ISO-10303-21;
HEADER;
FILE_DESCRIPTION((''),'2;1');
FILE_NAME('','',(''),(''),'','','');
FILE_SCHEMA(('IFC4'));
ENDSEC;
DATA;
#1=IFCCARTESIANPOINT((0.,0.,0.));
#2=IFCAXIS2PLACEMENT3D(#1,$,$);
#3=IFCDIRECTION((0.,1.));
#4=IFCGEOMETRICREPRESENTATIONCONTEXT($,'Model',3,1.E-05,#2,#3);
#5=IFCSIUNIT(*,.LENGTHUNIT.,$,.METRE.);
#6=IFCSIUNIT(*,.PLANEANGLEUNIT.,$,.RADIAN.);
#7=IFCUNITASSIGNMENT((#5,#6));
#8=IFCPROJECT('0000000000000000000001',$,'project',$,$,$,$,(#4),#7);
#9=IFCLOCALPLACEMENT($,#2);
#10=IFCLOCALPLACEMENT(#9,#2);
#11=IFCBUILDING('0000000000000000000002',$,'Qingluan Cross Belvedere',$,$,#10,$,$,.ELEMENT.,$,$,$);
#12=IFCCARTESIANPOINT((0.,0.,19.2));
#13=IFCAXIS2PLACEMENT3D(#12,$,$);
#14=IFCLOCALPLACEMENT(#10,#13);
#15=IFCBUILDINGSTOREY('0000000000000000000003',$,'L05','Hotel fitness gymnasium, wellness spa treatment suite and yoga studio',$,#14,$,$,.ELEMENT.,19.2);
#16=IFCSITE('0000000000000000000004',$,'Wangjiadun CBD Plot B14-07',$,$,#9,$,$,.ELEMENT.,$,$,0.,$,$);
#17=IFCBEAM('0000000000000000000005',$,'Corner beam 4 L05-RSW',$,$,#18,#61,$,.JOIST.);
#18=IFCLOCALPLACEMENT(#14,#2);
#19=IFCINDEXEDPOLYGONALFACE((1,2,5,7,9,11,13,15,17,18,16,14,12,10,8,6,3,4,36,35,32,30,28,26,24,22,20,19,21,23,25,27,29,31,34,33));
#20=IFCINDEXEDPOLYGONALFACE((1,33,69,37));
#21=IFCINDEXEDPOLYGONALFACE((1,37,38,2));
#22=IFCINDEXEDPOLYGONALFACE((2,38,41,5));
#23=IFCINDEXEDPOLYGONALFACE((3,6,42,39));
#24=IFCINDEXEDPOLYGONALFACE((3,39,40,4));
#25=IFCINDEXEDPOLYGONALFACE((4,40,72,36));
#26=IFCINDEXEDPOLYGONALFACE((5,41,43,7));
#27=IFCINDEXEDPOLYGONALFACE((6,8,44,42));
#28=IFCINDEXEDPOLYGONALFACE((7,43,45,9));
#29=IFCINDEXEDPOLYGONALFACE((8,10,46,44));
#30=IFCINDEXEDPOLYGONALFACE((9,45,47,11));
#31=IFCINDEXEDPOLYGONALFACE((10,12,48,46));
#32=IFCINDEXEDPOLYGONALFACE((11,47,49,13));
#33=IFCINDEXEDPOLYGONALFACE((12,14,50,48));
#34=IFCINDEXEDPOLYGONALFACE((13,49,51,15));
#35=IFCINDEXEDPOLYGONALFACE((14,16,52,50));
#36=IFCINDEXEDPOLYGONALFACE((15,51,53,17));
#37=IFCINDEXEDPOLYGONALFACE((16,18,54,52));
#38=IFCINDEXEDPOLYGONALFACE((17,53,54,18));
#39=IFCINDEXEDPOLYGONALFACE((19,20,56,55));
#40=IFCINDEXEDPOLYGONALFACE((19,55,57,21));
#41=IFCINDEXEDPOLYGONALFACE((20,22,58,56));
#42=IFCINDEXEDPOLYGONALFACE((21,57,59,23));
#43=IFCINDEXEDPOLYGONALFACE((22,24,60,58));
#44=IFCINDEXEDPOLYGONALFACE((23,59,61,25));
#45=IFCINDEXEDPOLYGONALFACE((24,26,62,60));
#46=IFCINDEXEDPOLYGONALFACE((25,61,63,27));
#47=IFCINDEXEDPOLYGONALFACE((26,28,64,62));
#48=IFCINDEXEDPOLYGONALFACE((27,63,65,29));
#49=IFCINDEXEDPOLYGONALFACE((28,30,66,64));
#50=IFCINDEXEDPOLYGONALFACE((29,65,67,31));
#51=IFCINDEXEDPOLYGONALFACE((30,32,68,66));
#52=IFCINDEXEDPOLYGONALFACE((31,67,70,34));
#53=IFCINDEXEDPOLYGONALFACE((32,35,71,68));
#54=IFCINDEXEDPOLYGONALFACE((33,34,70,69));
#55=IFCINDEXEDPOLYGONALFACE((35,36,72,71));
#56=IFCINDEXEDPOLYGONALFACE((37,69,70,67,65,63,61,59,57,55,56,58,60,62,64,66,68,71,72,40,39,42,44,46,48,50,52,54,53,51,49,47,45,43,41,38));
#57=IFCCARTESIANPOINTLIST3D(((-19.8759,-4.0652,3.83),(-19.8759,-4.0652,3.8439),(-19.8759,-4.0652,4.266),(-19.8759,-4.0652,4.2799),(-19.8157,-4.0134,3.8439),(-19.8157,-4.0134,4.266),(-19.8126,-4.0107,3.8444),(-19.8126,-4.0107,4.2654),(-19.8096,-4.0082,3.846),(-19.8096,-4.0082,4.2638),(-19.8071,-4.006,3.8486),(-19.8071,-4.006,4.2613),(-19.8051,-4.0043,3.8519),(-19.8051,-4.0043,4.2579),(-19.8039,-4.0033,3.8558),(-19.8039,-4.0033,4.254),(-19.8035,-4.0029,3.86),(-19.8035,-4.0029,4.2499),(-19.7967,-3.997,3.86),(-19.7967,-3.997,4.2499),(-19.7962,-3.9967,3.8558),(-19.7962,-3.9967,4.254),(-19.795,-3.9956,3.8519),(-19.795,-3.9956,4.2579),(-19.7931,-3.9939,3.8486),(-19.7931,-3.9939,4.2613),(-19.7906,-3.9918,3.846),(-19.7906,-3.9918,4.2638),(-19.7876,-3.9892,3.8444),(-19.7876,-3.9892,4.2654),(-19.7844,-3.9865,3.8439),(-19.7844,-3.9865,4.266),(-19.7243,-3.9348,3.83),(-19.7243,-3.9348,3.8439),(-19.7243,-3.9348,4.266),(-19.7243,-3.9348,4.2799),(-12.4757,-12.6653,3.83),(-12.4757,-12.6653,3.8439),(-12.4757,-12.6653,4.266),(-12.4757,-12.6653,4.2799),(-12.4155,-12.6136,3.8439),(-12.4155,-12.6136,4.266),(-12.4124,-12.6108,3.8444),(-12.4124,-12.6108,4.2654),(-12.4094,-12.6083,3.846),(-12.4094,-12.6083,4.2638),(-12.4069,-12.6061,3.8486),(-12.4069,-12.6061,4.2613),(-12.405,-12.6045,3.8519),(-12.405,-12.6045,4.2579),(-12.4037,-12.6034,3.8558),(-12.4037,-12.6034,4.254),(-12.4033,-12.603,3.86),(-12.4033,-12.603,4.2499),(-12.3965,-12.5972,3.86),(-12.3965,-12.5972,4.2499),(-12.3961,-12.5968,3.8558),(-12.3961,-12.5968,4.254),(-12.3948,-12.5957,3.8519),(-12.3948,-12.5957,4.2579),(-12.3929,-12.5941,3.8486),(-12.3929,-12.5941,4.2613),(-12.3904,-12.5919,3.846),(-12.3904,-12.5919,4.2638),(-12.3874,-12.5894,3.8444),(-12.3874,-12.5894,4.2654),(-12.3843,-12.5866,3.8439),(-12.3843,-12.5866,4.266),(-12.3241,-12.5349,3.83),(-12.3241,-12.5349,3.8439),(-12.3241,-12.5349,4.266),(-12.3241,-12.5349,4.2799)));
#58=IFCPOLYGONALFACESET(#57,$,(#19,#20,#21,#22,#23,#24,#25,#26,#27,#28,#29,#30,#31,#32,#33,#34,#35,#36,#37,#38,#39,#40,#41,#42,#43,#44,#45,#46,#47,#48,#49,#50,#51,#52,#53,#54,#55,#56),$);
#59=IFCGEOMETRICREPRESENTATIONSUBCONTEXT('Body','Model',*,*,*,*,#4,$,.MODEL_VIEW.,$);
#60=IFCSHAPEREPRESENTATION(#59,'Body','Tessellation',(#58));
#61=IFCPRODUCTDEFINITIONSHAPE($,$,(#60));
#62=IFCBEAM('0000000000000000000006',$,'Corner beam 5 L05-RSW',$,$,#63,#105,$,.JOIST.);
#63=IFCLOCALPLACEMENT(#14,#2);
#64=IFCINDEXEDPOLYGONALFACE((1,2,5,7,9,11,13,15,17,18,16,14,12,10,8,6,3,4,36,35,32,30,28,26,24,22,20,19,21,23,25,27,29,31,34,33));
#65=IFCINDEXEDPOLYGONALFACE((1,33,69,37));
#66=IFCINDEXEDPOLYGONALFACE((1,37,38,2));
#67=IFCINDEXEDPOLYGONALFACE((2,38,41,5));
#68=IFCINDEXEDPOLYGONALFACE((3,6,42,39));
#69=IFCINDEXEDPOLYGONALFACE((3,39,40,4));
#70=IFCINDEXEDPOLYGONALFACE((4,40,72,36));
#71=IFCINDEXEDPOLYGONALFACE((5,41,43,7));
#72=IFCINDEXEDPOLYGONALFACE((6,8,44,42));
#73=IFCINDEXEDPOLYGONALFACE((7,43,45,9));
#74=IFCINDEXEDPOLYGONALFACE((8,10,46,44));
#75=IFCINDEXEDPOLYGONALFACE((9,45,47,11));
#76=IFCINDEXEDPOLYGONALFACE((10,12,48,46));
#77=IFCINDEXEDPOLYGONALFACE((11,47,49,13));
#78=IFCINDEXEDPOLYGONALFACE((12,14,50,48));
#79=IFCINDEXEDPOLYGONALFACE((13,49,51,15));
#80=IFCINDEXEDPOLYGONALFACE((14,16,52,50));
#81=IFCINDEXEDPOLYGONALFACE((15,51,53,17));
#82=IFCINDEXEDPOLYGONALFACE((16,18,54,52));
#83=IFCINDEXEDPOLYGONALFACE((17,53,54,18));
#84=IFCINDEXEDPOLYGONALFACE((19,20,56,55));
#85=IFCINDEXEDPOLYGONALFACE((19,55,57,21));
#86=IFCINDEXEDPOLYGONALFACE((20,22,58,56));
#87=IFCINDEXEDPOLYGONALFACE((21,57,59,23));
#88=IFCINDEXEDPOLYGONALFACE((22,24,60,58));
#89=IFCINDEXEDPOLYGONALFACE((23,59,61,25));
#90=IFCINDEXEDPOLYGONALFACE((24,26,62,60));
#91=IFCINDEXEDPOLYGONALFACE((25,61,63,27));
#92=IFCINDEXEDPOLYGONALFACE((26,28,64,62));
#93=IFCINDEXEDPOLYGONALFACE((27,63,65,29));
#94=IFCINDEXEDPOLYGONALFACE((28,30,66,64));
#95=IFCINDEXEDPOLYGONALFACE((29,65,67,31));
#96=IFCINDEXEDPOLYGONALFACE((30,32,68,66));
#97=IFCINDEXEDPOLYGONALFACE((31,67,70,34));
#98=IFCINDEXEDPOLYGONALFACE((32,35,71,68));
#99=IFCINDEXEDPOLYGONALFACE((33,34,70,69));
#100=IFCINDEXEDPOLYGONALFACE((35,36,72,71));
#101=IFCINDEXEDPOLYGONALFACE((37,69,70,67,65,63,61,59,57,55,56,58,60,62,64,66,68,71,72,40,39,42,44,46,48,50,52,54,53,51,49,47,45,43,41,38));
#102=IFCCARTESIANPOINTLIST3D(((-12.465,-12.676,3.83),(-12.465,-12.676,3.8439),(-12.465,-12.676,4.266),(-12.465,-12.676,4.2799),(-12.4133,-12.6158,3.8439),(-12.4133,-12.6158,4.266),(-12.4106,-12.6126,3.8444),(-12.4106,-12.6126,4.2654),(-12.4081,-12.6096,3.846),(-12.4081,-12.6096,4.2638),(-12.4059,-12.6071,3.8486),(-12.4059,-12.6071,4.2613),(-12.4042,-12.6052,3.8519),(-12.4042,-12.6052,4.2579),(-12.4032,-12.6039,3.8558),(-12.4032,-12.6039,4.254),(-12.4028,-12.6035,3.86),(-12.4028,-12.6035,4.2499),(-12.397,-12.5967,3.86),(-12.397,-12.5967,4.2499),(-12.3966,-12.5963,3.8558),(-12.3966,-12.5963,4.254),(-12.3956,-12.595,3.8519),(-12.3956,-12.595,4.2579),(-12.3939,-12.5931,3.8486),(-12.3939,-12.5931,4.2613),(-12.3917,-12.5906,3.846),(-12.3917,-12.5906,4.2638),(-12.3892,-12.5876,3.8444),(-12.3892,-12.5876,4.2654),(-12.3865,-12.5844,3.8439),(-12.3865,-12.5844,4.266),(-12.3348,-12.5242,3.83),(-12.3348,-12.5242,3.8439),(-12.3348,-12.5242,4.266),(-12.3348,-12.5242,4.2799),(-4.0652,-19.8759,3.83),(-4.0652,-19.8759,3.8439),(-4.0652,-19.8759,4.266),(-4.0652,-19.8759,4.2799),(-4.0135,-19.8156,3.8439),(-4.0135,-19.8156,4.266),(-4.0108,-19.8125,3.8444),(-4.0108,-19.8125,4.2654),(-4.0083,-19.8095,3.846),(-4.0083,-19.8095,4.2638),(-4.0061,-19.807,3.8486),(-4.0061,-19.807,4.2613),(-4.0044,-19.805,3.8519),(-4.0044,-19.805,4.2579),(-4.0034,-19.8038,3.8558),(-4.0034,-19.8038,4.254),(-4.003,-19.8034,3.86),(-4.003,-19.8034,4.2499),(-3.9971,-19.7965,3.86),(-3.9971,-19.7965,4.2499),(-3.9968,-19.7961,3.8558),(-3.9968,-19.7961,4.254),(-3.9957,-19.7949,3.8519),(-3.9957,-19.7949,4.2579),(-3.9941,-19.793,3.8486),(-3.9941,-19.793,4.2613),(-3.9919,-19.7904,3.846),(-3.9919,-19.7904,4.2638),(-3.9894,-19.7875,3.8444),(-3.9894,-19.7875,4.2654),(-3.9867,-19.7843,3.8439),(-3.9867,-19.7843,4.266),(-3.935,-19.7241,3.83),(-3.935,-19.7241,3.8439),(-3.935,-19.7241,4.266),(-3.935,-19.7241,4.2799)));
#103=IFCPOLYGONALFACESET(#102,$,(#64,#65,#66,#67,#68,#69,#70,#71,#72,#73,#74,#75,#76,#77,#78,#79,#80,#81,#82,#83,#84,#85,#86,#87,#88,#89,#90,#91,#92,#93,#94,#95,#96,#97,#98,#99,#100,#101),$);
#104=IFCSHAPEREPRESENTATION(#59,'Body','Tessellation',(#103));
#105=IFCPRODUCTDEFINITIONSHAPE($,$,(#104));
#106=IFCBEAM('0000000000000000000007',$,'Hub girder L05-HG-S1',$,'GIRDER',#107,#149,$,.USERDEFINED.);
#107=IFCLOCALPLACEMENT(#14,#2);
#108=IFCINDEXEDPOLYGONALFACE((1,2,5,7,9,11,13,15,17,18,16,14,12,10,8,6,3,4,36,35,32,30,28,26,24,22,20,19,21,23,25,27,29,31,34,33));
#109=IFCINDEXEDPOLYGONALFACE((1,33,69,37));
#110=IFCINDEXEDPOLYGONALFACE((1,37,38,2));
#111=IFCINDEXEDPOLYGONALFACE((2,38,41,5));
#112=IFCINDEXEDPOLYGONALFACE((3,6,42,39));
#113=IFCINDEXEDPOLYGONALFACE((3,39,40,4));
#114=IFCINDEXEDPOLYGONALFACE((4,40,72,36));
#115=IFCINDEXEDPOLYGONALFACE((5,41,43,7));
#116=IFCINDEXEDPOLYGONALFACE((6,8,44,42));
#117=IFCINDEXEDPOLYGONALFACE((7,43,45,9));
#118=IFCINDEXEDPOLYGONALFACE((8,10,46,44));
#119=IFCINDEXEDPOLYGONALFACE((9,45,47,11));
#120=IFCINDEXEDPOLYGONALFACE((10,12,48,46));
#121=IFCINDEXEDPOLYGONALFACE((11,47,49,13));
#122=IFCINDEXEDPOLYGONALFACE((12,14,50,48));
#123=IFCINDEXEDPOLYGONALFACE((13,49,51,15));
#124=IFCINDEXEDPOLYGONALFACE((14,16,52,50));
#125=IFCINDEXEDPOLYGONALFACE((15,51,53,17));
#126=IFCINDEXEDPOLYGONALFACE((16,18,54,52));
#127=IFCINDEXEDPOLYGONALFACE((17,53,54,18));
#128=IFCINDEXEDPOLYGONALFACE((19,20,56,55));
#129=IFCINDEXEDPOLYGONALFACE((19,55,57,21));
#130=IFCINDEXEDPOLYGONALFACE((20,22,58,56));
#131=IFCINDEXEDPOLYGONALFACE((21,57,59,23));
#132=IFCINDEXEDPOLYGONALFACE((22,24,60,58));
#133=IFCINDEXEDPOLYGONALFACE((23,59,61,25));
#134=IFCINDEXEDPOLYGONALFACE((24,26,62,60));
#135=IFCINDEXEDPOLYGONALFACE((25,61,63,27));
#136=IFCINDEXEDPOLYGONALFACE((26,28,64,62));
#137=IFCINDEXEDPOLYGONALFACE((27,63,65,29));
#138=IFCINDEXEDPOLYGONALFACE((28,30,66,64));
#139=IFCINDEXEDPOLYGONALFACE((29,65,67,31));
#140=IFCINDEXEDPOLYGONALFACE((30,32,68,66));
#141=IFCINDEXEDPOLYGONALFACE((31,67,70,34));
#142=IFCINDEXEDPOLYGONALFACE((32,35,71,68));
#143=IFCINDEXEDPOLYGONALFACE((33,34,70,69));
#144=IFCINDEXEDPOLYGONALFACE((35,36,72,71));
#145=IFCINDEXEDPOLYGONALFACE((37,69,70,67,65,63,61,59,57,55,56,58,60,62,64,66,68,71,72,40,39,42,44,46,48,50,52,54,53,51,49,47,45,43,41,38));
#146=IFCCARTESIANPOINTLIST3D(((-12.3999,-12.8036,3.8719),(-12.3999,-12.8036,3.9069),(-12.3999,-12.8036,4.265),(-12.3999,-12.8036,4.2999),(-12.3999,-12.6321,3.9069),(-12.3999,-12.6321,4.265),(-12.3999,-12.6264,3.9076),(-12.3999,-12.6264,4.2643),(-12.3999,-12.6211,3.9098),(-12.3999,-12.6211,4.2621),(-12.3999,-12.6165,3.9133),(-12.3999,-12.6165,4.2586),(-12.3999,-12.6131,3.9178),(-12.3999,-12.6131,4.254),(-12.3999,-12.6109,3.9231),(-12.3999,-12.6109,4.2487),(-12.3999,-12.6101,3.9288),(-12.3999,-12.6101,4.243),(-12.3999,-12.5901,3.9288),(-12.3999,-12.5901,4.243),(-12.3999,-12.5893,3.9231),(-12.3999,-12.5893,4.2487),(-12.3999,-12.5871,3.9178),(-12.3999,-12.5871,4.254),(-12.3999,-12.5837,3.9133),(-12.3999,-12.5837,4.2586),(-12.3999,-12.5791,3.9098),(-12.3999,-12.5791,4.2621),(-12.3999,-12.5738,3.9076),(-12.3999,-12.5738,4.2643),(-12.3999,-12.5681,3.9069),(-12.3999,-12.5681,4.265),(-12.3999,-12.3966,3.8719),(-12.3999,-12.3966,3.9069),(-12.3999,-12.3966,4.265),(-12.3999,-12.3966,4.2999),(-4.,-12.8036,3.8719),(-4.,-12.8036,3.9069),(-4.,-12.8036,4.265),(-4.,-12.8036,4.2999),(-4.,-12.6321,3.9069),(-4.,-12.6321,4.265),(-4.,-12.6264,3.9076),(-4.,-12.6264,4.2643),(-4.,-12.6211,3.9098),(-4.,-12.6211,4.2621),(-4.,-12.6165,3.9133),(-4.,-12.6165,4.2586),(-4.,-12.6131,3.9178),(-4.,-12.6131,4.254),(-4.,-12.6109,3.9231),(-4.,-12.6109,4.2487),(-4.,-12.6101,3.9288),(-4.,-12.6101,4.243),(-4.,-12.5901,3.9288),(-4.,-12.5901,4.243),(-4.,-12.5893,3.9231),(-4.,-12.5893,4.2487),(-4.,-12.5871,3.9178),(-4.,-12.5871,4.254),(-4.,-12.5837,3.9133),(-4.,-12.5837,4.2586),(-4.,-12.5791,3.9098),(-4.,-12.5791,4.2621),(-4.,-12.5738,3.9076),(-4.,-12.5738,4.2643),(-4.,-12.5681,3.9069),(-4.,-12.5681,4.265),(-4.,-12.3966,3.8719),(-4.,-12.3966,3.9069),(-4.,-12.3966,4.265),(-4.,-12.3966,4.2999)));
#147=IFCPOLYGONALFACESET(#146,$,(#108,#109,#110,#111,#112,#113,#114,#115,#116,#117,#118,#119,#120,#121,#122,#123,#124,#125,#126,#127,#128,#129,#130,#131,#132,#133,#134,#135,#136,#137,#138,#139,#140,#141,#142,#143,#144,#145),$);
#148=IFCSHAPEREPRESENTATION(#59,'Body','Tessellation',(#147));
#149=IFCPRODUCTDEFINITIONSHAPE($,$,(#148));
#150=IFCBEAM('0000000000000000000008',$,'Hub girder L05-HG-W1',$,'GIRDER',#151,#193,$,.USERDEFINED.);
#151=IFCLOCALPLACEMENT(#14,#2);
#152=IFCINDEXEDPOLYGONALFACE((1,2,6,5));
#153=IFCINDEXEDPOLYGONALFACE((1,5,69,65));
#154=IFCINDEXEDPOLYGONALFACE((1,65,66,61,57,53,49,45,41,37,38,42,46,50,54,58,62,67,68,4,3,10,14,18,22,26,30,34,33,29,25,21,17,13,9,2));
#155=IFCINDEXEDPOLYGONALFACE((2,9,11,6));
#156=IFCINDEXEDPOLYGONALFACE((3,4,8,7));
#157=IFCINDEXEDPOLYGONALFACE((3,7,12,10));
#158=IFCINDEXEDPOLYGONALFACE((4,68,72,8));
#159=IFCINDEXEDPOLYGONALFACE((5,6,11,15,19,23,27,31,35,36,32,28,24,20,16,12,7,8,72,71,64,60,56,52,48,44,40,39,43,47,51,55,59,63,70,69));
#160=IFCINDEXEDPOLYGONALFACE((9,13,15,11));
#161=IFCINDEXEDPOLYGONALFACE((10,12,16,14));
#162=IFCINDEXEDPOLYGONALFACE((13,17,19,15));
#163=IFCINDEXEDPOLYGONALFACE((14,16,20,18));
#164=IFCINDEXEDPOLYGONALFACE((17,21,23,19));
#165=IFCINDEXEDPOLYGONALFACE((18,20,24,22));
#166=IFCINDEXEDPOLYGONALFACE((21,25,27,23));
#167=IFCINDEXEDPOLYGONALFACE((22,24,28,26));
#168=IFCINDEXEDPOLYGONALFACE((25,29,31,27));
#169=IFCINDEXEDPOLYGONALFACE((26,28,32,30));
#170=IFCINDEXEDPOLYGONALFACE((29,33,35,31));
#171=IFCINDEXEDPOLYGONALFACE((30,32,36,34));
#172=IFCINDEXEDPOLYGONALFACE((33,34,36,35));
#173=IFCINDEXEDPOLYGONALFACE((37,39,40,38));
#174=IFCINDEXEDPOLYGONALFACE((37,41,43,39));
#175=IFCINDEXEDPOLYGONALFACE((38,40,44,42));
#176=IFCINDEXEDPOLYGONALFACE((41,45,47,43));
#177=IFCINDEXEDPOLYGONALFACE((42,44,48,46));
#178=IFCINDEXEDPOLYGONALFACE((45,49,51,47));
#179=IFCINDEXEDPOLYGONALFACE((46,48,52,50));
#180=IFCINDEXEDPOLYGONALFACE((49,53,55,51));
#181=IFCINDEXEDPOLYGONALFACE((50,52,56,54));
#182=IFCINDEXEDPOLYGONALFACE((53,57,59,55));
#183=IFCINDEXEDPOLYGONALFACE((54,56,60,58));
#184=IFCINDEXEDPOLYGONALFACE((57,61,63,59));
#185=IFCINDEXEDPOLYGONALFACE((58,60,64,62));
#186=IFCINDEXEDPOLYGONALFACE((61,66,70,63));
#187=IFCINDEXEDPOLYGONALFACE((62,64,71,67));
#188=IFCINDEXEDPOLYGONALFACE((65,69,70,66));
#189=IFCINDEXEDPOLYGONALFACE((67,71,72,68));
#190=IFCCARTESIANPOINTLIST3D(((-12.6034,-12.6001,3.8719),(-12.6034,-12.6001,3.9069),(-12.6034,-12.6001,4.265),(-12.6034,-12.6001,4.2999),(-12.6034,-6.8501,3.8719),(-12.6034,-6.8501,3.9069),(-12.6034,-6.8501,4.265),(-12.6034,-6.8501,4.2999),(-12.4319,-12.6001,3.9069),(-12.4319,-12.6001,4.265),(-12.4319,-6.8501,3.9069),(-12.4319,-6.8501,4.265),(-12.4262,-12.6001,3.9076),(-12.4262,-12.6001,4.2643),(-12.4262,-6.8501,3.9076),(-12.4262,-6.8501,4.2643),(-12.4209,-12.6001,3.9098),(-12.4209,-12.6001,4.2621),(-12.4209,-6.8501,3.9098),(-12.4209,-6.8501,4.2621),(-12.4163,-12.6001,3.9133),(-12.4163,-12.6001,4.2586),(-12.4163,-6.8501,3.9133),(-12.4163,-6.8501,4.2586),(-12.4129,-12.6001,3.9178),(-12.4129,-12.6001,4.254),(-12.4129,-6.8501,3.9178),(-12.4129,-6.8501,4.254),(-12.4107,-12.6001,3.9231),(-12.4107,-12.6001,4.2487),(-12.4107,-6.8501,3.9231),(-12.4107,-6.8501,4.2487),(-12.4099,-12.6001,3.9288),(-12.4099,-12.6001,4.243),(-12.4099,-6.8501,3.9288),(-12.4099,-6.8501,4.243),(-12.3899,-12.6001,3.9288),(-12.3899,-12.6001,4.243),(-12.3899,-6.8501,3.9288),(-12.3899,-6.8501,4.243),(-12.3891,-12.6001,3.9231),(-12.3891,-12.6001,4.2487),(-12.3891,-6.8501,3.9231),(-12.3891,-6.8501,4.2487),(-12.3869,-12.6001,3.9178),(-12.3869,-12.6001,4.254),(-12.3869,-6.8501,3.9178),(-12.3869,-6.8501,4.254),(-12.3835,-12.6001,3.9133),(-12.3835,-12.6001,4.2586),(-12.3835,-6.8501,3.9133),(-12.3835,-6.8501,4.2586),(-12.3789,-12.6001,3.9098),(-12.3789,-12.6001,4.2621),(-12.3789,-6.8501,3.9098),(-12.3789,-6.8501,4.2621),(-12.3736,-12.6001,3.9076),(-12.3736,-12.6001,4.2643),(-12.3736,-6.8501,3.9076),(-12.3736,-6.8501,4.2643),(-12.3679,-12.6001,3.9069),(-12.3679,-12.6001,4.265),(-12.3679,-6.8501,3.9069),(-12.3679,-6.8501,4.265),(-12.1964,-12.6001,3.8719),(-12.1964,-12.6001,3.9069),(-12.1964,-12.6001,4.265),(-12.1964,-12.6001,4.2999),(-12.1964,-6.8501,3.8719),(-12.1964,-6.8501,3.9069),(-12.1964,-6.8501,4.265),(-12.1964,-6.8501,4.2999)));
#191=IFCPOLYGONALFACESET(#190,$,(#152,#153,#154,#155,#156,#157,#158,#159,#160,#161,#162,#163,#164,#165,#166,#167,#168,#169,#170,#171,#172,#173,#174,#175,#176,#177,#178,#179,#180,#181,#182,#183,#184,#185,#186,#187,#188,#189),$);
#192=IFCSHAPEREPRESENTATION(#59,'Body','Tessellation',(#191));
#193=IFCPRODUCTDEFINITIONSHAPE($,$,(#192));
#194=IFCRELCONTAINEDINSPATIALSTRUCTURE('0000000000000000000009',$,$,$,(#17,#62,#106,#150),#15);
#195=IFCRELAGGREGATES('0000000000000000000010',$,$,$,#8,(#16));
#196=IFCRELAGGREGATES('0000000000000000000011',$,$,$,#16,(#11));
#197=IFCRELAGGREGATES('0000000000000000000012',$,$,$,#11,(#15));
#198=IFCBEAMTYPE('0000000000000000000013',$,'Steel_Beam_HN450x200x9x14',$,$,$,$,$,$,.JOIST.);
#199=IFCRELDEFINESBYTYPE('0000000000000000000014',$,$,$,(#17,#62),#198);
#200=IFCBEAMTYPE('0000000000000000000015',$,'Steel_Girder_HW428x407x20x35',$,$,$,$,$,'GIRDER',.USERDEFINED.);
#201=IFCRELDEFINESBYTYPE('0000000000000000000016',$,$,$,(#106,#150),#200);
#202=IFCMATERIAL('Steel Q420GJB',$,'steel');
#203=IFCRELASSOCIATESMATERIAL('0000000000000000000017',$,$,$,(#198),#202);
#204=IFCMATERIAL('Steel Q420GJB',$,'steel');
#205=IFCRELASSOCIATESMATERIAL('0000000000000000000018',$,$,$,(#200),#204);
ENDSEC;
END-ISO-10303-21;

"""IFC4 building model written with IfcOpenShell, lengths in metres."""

from ifc_helpers import new_model, si_unit, direction, frame, origin, origin_2d, place, context, subcontext, project, spatial, i_section, extrude, material, material_profile, profile_set, type_object, element, save


model = new_model("IFC4")

# Units and contexts
model_context = context("Model", 3, precision=1e-05, world=origin(), true_north=direction((0.0, 1.0)))
body_context = subcontext(model_context, "Body", "Model", "MODEL_VIEW")
ifc_project = project(units=[si_unit("LENGTHUNIT", "METRE"), si_unit("PLANEANGLEUNIT", "RADIAN")], contexts=[model_context])

# Site, building, storey
site_placement = place(None, origin())
site = spatial("IfcSite", under=ifc_project, at=site_placement, Name="Wangjiadun CBD Plot B14-07", CompositionType="ELEMENT", RefElevation=0.0)
building_placement = place(site_placement, origin())
building = spatial("IfcBuilding", under=site, at=building_placement, Name="Qingluan Cross Belvedere", CompositionType="ELEMENT")
storey_placement = place(building_placement, frame((0.0, 0.0, 19.2)))
storey = spatial("IfcBuildingStorey", under=building, at=storey_placement, Name="L05", Description="Hotel fitness gymnasium, wellness spa treatment suite and yoga studio", CompositionType="ELEMENT", Elevation=19.2)

# Beams
ifc_material_1 = material(Name="Steel Q420GJB", Category="steel")
ifc_material_profile_1 = material_profile(ifc_material_1, i_section(OverallWidth=0.2, OverallDepth=0.45, WebThickness=0.009, FlangeThickness=0.0139, FilletRadius=0.0161, at=origin_2d()), Name="HN450x200x9x14")
ifc_profile_set_1 = profile_set([ifc_material_profile_1], Name="Steel Q420GJB")
beam_type_1 = type_object("IfcBeamType", Name="Steel_Beam_HN450x200x9x14", PredefinedType="JOIST", material=ifc_profile_set_1)
beam_1_placement = place(storey_placement, frame((-12.3999, -12.6001, 4.0549), z_axis=(-0.652245, 0.758008, 0.0), x_axis=(-0.758008, -0.652245, 0.0)))
element("IfcBeam", 1, at=beam_1_placement, inside=storey, type_object=beam_type_1, Name="Corner beam 4 L05-RSW", PredefinedType="JOIST", context=body_context, shape_type="SweptSolid", body=[
    extrude(i_section(OverallWidth=0.2, OverallDepth=0.45, WebThickness=0.009, FlangeThickness=0.0139, FilletRadius=0.0161, at=origin_2d()), origin(), (0.0, 0.0, 1.0), 11.3457),
])
beam_2_placement = place(storey_placement, frame((-12.3999, -12.6001, 4.0549), z_axis=(0.759255, -0.650793, 0.0), x_axis=(0.650793, 0.759255, 0.0)))
element("IfcBeam", 2, at=beam_2_placement, inside=storey, type_object=beam_type_1, Name="Corner beam 5 L05-RSW", PredefinedType="JOIST", context=body_context, shape_type="SweptSolid", body=[
    extrude(i_section(OverallWidth=0.2, OverallDepth=0.45, WebThickness=0.009, FlangeThickness=0.0139, FilletRadius=0.0161, at=origin_2d()), origin(), (0.0, 0.0, 1.0), 11.0632),
])
ifc_material_2 = material(Name="Steel Q420GJB", Category="steel")
ifc_material_profile_2 = material_profile(ifc_material_2, i_section(OverallWidth=0.407, OverallDepth=0.428, WebThickness=0.02, FlangeThickness=0.0349, FilletRadius=0.022, at=origin_2d()), Name="HW428x407x20x35")
ifc_profile_set_2 = profile_set([ifc_material_profile_2], Name="Steel Q420GJB")
beam_type_2 = type_object("IfcBeamType", Name="Steel_Girder_HW428x407x20x35", ElementType="GIRDER", PredefinedType="USERDEFINED", material=ifc_profile_set_2)
beam_3_placement = place(storey_placement, frame((-12.3999, -12.6001, 4.0859), z_axis=(1.0, 0.0, 0.0), x_axis=(0.0, 1.0, 0.0)))
element("IfcBeam", 3, at=beam_3_placement, inside=storey, type_object=beam_type_2, Name="Hub girder L05-HG-S1", ObjectType="GIRDER", PredefinedType="USERDEFINED", context=body_context, shape_type="SweptSolid", body=[
    extrude(i_section(OverallWidth=0.407, OverallDepth=0.428, WebThickness=0.02, FlangeThickness=0.0349, FilletRadius=0.022, at=origin_2d()), origin(), (0.0, 0.0, 1.0), 8.3999),
])
beam_4_placement = place(storey_placement, frame((-12.3999, -12.6001, 4.0859), z_axis=(0.0, 1.0, 0.0), x_axis=(-1.0, 0.0, 0.0)))
element("IfcBeam", 4, at=beam_4_placement, inside=storey, type_object=beam_type_2, Name="Hub girder L05-HG-W1", ObjectType="GIRDER", PredefinedType="USERDEFINED", context=body_context, shape_type="SweptSolid", body=[
    extrude(i_section(OverallWidth=0.407, OverallDepth=0.428, WebThickness=0.02, FlangeThickness=0.0349, FilletRadius=0.022, at=origin_2d()), origin(), (0.0, 0.0, 1.0), 5.75),
])

save(model, "model.ifc")
